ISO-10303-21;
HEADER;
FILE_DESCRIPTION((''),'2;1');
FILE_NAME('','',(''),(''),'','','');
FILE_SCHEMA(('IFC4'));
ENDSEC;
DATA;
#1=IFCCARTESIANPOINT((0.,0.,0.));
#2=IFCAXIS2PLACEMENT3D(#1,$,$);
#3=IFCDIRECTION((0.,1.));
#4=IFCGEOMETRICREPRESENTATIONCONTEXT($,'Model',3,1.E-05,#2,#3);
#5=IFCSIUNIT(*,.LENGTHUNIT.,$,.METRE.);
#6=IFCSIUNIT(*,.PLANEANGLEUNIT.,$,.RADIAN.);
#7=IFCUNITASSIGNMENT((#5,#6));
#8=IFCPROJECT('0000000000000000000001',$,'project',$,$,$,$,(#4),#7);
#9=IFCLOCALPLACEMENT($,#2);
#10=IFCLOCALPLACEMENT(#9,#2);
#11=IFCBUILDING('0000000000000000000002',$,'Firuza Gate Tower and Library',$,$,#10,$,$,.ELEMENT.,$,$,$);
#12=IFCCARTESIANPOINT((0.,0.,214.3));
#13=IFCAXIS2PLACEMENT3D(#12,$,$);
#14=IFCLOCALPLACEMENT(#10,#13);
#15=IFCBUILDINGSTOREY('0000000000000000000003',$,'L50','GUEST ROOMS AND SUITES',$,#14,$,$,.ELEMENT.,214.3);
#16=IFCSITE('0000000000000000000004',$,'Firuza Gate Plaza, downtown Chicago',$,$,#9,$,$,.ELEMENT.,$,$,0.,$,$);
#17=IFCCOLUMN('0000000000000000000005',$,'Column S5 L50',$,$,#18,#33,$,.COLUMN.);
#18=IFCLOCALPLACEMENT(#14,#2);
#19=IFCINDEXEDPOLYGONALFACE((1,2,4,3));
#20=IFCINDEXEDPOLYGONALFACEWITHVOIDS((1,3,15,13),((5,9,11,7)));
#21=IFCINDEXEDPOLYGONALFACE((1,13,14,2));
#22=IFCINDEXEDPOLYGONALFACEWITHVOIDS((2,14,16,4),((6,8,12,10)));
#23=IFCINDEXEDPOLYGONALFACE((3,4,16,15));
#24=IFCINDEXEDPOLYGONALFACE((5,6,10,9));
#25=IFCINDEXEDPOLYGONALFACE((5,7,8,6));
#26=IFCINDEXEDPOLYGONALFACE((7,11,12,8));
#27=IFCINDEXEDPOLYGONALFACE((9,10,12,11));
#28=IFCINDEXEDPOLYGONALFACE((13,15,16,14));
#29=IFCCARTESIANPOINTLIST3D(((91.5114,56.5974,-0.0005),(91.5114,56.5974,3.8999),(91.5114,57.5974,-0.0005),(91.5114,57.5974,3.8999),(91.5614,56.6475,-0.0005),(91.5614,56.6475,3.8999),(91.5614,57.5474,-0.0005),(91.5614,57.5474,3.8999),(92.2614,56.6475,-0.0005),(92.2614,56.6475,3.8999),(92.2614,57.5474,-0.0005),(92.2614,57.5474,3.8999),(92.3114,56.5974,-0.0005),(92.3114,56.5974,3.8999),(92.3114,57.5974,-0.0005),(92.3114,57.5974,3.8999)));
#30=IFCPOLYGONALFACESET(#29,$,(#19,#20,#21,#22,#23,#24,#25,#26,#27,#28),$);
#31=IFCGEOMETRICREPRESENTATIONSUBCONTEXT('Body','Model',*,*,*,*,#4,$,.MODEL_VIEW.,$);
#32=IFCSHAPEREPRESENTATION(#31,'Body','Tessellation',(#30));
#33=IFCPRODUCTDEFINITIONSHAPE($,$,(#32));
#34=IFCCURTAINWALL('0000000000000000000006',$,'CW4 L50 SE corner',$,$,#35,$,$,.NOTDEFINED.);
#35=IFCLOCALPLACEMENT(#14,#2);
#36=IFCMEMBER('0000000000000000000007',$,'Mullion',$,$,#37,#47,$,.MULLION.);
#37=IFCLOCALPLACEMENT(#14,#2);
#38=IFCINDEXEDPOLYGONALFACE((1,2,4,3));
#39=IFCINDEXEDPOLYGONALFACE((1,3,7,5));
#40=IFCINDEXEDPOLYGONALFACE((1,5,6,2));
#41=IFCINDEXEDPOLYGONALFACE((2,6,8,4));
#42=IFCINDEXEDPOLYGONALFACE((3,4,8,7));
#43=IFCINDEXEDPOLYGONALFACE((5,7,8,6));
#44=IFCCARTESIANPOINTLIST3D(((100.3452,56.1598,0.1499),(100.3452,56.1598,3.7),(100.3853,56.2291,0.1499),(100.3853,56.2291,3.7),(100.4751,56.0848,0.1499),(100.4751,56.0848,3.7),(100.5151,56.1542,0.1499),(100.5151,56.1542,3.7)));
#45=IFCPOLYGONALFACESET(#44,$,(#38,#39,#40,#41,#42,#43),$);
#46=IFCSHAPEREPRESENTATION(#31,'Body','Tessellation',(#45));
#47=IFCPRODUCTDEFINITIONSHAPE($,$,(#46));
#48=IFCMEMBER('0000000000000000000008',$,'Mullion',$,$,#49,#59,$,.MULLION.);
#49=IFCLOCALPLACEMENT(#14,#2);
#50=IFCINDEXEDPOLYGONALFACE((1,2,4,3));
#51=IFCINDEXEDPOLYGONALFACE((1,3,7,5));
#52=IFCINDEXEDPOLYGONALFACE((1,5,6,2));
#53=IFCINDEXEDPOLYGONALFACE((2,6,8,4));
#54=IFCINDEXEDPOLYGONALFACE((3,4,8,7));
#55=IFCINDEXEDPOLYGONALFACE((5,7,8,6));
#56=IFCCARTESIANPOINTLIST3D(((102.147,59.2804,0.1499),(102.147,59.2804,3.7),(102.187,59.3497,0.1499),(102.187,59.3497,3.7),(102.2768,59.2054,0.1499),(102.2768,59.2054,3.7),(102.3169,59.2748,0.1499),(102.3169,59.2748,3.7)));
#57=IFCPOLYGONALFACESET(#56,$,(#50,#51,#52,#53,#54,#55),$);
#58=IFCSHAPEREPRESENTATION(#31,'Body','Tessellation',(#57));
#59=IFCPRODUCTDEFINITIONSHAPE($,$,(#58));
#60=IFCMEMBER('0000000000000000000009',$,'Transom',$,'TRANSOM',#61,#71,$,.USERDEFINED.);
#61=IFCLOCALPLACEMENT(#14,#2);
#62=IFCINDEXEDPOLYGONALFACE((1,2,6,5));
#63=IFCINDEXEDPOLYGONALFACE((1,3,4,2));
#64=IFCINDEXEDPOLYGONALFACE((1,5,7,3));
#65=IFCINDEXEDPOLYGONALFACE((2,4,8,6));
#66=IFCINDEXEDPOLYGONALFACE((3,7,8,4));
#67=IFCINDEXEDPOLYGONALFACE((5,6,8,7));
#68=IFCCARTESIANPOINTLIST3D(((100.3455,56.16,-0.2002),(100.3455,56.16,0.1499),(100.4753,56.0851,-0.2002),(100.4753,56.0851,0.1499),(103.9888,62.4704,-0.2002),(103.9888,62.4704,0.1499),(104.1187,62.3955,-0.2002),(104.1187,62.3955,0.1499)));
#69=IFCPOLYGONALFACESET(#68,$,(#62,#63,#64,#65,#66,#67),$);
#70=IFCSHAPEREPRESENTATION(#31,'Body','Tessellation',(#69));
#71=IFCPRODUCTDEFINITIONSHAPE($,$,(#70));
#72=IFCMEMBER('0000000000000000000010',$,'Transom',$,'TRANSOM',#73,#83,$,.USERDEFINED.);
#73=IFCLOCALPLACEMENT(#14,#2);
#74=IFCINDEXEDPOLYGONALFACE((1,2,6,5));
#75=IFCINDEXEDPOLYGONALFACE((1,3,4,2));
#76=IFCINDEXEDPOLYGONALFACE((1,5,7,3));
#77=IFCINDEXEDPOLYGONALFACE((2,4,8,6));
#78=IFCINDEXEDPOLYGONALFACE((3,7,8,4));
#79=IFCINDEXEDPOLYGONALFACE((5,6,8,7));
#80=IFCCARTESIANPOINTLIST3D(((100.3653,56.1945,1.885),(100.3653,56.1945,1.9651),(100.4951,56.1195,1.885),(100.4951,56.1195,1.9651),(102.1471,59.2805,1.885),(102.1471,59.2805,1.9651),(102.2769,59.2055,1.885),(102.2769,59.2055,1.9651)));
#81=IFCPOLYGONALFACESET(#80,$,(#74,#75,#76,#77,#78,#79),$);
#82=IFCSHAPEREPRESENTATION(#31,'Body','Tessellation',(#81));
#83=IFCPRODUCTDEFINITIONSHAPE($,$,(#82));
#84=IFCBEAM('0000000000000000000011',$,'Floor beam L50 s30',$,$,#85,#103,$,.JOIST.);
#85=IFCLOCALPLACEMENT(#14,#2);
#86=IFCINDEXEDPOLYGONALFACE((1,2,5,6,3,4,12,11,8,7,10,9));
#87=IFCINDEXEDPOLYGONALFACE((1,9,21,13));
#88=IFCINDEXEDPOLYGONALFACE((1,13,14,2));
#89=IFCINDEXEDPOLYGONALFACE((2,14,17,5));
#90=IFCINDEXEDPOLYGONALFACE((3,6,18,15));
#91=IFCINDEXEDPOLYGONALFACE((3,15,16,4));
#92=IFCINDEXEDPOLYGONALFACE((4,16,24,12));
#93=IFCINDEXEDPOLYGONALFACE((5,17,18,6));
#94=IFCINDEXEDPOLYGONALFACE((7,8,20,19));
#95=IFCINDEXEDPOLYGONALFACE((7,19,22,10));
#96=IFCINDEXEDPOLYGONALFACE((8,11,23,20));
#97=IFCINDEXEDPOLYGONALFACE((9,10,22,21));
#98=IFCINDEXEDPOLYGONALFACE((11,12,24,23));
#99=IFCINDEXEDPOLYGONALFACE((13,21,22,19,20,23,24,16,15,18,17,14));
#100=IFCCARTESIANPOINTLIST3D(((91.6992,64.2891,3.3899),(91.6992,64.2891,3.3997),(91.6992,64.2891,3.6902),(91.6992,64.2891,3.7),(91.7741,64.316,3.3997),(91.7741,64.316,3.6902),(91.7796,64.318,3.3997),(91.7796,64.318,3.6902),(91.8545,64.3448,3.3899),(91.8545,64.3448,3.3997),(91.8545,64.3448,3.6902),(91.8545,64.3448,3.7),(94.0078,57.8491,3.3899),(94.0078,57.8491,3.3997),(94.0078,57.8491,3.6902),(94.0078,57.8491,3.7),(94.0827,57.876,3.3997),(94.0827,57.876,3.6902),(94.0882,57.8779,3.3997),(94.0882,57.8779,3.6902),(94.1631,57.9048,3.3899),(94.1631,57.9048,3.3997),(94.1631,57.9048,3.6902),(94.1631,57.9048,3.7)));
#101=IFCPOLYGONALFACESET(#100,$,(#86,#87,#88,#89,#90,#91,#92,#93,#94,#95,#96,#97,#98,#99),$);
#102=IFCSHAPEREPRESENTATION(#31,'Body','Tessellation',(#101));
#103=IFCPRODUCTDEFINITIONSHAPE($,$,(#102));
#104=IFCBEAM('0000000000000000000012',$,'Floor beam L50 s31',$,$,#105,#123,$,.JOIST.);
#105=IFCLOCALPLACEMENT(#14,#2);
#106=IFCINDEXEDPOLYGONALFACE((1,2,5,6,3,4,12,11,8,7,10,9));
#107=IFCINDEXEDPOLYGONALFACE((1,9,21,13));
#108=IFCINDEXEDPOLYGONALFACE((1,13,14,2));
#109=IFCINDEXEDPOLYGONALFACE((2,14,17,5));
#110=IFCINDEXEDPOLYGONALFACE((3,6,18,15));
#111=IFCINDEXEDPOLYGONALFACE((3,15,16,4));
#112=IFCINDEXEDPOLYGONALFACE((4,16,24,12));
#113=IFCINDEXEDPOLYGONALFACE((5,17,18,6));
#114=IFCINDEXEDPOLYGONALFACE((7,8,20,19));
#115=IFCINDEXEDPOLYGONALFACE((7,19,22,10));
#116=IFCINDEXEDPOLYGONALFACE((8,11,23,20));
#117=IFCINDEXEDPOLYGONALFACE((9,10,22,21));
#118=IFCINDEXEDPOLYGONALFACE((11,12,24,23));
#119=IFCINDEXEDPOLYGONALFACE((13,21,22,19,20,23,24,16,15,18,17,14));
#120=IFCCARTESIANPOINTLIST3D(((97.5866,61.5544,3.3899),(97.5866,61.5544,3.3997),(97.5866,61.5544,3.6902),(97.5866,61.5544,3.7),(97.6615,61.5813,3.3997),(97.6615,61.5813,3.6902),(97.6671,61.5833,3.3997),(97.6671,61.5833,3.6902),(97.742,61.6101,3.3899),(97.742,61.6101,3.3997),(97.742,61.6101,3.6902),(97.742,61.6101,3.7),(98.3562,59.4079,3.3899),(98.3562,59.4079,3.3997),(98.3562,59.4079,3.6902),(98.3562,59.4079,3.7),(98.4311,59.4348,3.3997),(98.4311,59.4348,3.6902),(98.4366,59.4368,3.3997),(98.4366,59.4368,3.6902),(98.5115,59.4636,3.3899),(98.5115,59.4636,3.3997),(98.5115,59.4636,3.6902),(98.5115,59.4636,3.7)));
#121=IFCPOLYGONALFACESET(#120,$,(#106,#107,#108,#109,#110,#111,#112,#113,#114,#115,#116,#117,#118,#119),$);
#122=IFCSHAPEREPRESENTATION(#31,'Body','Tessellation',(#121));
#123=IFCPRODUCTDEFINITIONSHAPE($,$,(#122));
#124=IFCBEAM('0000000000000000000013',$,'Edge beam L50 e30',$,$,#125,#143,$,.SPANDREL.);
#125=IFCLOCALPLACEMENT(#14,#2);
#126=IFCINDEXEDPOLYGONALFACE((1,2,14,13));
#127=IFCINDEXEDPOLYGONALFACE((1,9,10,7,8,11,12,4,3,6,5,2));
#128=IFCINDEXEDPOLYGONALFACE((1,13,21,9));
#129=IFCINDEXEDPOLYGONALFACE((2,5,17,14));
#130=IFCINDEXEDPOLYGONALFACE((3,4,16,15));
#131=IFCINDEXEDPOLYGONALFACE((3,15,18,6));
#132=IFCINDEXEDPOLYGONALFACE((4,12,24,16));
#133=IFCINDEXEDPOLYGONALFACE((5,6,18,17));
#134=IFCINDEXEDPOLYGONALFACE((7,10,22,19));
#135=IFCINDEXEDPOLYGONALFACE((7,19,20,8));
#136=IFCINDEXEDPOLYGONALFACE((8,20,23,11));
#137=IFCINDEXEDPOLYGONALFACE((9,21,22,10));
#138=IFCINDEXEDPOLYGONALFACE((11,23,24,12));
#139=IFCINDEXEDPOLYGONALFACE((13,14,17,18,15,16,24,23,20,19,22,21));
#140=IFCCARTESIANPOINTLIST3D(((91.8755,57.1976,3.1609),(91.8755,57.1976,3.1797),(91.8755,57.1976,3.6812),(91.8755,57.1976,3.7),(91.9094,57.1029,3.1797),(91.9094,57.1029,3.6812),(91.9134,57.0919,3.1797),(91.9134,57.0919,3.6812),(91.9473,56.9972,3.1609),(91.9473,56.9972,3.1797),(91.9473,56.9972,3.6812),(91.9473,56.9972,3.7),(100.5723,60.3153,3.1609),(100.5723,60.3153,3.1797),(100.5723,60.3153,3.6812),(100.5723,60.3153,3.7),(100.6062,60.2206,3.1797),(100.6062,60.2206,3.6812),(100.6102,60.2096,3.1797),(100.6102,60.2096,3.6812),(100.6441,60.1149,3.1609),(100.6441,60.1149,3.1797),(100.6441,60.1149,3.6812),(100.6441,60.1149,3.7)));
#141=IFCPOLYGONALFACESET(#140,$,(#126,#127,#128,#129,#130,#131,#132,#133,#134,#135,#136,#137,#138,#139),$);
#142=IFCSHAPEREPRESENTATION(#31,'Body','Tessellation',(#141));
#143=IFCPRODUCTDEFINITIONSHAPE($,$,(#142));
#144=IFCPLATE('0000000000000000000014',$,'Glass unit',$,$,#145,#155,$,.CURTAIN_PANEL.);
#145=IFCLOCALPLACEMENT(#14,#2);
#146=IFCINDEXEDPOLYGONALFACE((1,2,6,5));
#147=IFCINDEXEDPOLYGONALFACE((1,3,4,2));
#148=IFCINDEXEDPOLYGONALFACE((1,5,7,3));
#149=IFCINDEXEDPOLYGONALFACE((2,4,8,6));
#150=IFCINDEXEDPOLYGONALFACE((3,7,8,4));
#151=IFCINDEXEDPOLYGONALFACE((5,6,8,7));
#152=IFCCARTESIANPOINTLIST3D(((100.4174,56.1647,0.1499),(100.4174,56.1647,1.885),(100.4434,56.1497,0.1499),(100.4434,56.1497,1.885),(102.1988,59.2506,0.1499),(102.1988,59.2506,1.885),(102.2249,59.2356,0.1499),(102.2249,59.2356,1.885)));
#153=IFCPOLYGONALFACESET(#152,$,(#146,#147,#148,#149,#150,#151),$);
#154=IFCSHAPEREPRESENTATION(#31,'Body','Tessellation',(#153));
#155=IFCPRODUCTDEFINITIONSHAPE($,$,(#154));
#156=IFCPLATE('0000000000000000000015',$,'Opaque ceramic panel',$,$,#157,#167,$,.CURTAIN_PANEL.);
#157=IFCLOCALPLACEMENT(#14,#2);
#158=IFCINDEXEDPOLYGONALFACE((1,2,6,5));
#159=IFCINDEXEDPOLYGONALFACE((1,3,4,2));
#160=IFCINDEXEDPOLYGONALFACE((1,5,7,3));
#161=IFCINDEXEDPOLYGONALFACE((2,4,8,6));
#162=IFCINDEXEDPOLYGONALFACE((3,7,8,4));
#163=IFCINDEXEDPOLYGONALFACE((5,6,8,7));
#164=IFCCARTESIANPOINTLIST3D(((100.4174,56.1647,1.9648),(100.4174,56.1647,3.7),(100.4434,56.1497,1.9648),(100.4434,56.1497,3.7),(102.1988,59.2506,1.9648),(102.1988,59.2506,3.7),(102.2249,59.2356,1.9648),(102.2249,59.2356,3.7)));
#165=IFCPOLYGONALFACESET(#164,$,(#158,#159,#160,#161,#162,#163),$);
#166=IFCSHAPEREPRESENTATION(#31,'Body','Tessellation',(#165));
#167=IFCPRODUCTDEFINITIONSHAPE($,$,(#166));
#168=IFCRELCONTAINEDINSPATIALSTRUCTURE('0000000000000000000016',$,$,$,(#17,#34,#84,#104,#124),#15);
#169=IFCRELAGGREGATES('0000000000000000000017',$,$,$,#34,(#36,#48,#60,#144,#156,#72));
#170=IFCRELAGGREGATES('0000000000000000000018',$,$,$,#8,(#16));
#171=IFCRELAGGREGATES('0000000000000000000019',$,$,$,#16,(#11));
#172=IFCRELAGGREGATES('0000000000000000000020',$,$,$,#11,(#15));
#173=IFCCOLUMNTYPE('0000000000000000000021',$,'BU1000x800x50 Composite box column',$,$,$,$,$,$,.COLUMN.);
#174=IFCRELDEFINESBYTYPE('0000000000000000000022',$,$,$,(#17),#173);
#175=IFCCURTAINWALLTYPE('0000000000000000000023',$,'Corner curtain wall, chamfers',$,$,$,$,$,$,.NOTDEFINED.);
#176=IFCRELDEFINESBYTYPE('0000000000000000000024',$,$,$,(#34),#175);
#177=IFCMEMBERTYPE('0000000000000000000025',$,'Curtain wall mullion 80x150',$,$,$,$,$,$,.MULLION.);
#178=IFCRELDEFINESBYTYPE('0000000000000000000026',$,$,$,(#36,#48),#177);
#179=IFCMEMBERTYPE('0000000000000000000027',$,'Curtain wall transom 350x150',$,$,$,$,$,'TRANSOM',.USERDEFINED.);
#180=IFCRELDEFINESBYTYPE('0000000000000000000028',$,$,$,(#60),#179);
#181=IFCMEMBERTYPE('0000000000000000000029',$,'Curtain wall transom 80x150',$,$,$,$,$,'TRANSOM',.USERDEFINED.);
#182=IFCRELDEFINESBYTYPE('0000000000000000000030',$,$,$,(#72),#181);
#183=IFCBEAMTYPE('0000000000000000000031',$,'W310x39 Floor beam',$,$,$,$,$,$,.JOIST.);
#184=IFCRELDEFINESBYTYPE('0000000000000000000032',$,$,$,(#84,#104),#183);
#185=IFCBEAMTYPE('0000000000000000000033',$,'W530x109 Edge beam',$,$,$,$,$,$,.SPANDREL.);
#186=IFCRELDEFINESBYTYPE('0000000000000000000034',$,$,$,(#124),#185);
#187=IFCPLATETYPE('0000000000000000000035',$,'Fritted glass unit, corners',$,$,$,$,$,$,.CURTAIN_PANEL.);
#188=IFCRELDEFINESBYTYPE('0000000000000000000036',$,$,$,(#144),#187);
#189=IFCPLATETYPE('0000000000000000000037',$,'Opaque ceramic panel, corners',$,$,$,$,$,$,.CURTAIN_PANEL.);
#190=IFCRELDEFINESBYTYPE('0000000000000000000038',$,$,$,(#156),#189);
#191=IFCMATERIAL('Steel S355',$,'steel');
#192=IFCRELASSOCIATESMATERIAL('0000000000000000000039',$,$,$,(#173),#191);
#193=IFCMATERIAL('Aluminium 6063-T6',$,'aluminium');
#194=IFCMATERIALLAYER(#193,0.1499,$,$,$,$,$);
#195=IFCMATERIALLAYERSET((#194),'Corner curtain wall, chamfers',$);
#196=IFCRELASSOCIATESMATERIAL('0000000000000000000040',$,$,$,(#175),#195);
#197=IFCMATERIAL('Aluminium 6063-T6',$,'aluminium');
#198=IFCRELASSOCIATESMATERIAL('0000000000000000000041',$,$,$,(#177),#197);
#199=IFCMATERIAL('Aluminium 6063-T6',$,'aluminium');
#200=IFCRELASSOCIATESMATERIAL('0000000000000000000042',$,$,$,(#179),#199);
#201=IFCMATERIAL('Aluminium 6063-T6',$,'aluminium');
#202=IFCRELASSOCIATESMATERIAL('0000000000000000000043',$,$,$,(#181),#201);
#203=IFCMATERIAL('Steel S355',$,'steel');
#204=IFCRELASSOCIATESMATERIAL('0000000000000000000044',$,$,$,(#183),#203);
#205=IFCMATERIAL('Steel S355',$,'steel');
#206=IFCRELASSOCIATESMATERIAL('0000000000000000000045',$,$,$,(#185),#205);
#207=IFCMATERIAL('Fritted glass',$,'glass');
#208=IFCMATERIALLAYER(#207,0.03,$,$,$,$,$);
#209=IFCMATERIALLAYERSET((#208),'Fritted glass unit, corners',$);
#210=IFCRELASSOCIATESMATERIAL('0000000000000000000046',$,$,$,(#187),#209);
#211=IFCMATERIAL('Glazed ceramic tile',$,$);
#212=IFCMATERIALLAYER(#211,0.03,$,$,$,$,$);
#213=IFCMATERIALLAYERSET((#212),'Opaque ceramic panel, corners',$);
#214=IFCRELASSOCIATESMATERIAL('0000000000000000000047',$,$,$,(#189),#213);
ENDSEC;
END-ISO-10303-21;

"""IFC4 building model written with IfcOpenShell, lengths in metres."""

from ifc_helpers import new_model, si_unit, direction, frame, origin, origin_2d, place, context, subcontext, project, spatial, polyline, rectangle, hollow_rectangle, i_section, outline, extrude, material, layer, layer_set, material_profile, profile_set, type_object, element, aggregate, save


model = new_model("IFC4")

# Units and contexts
model_context = context("Model", 3, precision=1e-05, world=origin(), true_north=direction((0.0, 1.0)))
body_context = subcontext(model_context, "Body", "Model", "MODEL_VIEW")
ifc_project = project(units=[si_unit("LENGTHUNIT", "METRE"), si_unit("PLANEANGLEUNIT", "RADIAN")], contexts=[model_context])

# Site, building, storey
site_placement = place(None, origin())
site = spatial("IfcSite", under=ifc_project, at=site_placement, Name="Firuza Gate Plaza, downtown Chicago", CompositionType="ELEMENT", RefElevation=0.0)
building_placement = place(site_placement, origin())
building = spatial("IfcBuilding", under=site, at=building_placement, Name="Firuza Gate Tower and Library", CompositionType="ELEMENT")
storey_placement = place(building_placement, frame((0.0, 0.0, 214.3)))
storey = spatial("IfcBuildingStorey", under=building, at=storey_placement, Name="L50", Description="GUEST ROOMS AND SUITES", CompositionType="ELEMENT", Elevation=214.3)

# Column
ifc_material_1 = material(Name="Steel S355", Category="steel")
ifc_material_profile_1 = material_profile(ifc_material_1, hollow_rectangle(XDim=0.8, YDim=1.0, WallThickness=0.05, at=origin_2d()))
ifc_profile_set_1 = profile_set([ifc_material_profile_1], Name="Steel S355")
column_type = type_object("IfcColumnType", Name="BU1000x800x50 Composite box column", PredefinedType="COLUMN", material=ifc_profile_set_1)
column_placement = place(storey_placement, frame((91.9114, 57.0974, -0.0005), z_axis=(0.0, 0.0, 1.0), x_axis=(1.0, 0.0, 0.0)))
element("IfcColumn", 1, at=column_placement, inside=storey, type_object=column_type, Name="Column S5 L50", PredefinedType="COLUMN", context=body_context, shape_type="SweptSolid", body=[
    extrude(hollow_rectangle(XDim=0.8, YDim=1.0, WallThickness=0.05, at=origin_2d()), origin(), (0.0, 0.0, 1.0), 3.9004),
])

# Curtain wall, members
ifc_material_2 = material(Name="Aluminium 6063-T6", Category="aluminium")
ifc_layer_1 = layer(ifc_material_2, 0.1499)
ifc_layer_set_1 = layer_set([ifc_layer_1], Name="Corner curtain wall, chamfers")
curtain_wall_type = type_object("IfcCurtainWallType", Name="Corner curtain wall, chamfers", PredefinedType="NOTDEFINED", material=ifc_layer_set_1)
curtain_wall_placement = place(storey_placement, origin())
curtain_wall = element("IfcCurtainWall", 2, at=curtain_wall_placement, inside=storey, type_object=curtain_wall_type, Name="CW4 L50 SE corner", PredefinedType="NOTDEFINED")
ifc_material_3 = material(Name="Aluminium 6063-T6", Category="aluminium")
ifc_material_profile_2 = material_profile(ifc_material_3, rectangle(XDim=0.1499, YDim=0.0801, at=origin_2d()))
ifc_profile_set_2 = profile_set([ifc_material_profile_2], Name="Aluminium 6063-T6")
member_type_1 = type_object("IfcMemberType", Name="Curtain wall mullion 80x150", PredefinedType="MULLION", material=ifc_profile_set_2)
member_1_placement = place(storey_placement, frame((100.4302, 56.157, 0.1499), z_axis=(0.0, 0.0, 1.0), x_axis=(-0.866025, 0.5, 0.0)))
member_1 = element("IfcMember", 3, at=member_1_placement, type_object=member_type_1, Name="Mullion", PredefinedType="MULLION", context=body_context, shape_type="SweptSolid", body=[
    extrude(rectangle(XDim=0.1499, YDim=0.0801, at=origin_2d()), origin(), (0.0, 0.0, 1.0), 3.55),
])
member_2_placement = place(storey_placement, frame((102.2319, 59.2776, 0.1499), z_axis=(0.0, 0.0, 1.0), x_axis=(-0.866025, 0.5, 0.0)))
member_2 = element("IfcMember", 4, at=member_2_placement, type_object=member_type_1, Name="Mullion", PredefinedType="MULLION", context=body_context, shape_type="SweptSolid", body=[
    extrude(rectangle(XDim=0.1499, YDim=0.0801, at=origin_2d()), origin(), (0.0, 0.0, 1.0), 3.55),
])
ifc_material_4 = material(Name="Aluminium 6063-T6", Category="aluminium")
ifc_material_profile_3 = material_profile(ifc_material_4, rectangle(XDim=0.1499, YDim=0.3501, at=origin_2d()))
ifc_profile_set_3 = profile_set([ifc_material_profile_3], Name="Aluminium 6063-T6")
member_type_2 = type_object("IfcMemberType", Name="Curtain wall transom 350x150", ElementType="TRANSOM", PredefinedType="USERDEFINED", material=ifc_profile_set_3)
member_3_placement = place(storey_placement, frame((100.4104, 56.1226, -0.0251), z_axis=(0.500006, 0.866022, 0.0), x_axis=(-0.866022, 0.500006, 0.0)))
member_3 = element("IfcMember", 5, at=member_3_placement, type_object=member_type_2, Name="Transom", ObjectType="TRANSOM", PredefinedType="USERDEFINED", context=body_context, shape_type="SweptSolid", body=[
    extrude(rectangle(XDim=0.1499, YDim=0.3501, at=origin_2d()), origin(), (0.0, 0.0, 1.0), 7.2866),
])
ifc_material_5 = material(Name="Aluminium 6063-T6", Category="aluminium")
ifc_material_profile_4 = material_profile(ifc_material_5, rectangle(XDim=0.1499, YDim=0.0801, at=origin_2d()))
ifc_profile_set_4 = profile_set([ifc_material_profile_4], Name="Aluminium 6063-T6")
member_type_3 = type_object("IfcMemberType", Name="Curtain wall transom 80x150", ElementType="TRANSOM", PredefinedType="USERDEFINED", material=ifc_profile_set_4)
member_4_placement = place(storey_placement, frame((100.4302, 56.157, 1.925), z_axis=(0.500015, 0.866017, 0.0), x_axis=(-0.866017, 0.500015, 0.0)))
member_4 = element("IfcMember", 6, at=member_4_placement, type_object=member_type_3, Name="Transom", ObjectType="TRANSOM", PredefinedType="USERDEFINED", context=body_context, shape_type="SweptSolid", body=[
    extrude(rectangle(XDim=0.1499, YDim=0.0801, at=origin_2d()), origin(), (0.0, 0.0, 1.0), 3.5635),
])

# Beams
ifc_material_6 = material(Name="Steel S355", Category="steel")
ifc_material_profile_5 = material_profile(ifc_material_6, i_section(OverallWidth=0.165, OverallDepth=0.3101, WebThickness=0.0059, FlangeThickness=0.0098, at=origin_2d()))
ifc_profile_set_5 = profile_set([ifc_material_profile_5], Name="Steel S355")
beam_type_1 = type_object("IfcBeamType", Name="W310x39 Floor beam", PredefinedType="JOIST", material=ifc_profile_set_5)
beam_1_placement = place(storey_placement, frame((94.0854, 57.877, 3.5449), z_axis=(-0.337453, 0.941342, 0.0), x_axis=(-0.941342, -0.337453, 0.0)))
element("IfcBeam", 7, at=beam_1_placement, inside=storey, type_object=beam_type_1, Name="Floor beam L50 s30", PredefinedType="JOIST", context=body_context, shape_type="SweptSolid", body=[
    extrude(i_section(OverallWidth=0.165, OverallDepth=0.3101, WebThickness=0.0059, FlangeThickness=0.0098, at=origin_2d()), origin(), (0.0, 0.0, 1.0), 6.8413),
])
beam_2_placement = place(storey_placement, frame((98.4338, 59.4358, 3.5449), z_axis=(-0.337476, 0.941334, 0.0), x_axis=(-0.941334, -0.337476, 0.0)))
element("IfcBeam", 8, at=beam_2_placement, inside=storey, type_object=beam_type_1, Name="Floor beam L50 s31", PredefinedType="JOIST", context=body_context, shape_type="SweptSolid", body=[
    extrude(i_section(OverallWidth=0.165, OverallDepth=0.3101, WebThickness=0.0059, FlangeThickness=0.0098, at=origin_2d()), origin(), (0.0, 0.0, 1.0), 2.2803),
])
ifc_material_7 = material(Name="Steel S355", Category="steel")
ifc_material_profile_6 = material_profile(ifc_material_7, i_section(OverallWidth=0.2129, OverallDepth=0.5391, WebThickness=0.0117, FlangeThickness=0.0188, at=origin_2d()))
ifc_profile_set_6 = profile_set([ifc_material_profile_6], Name="Steel S355")
beam_type_2 = type_object("IfcBeamType", Name="W530x109 Edge beam", PredefinedType="SPANDREL", material=ifc_profile_set_6)
beam_3_placement = place(storey_placement, frame((91.9114, 57.0974, 3.4304), z_axis=(0.941341, 0.337458, 0.0), x_axis=(-0.337458, 0.941341, 0.0)))
element("IfcBeam", 9, at=beam_3_placement, inside=storey, type_object=beam_type_2, Name="Edge beam L50 e30", PredefinedType="SPANDREL", context=body_context, shape_type="SweptSolid", body=[
    extrude(i_section(OverallWidth=0.2129, OverallDepth=0.5391, WebThickness=0.0117, FlangeThickness=0.0188, at=origin_2d()), origin(), (0.0, 0.0, 1.0), 9.2388),
])

# Plates
ifc_material_8 = material(Name="Fritted glass", Category="glass")
ifc_layer_2 = layer(ifc_material_8, 0.03)
ifc_layer_set_2 = layer_set([ifc_layer_2], Name="Fritted glass unit, corners")
plate_type_1 = type_object("IfcPlateType", Name="Fritted glass unit, corners", PredefinedType="CURTAIN_PANEL", material=ifc_layer_set_2)
plate_1_placement = place(storey_placement, frame((100.4434, 56.1497, 0.1499), z_axis=(0.866046, -0.499964, 0.0), x_axis=(0.499964, 0.866046, 0.0)))
plate_1 = element("IfcPlate", 10, at=plate_1_placement, type_object=plate_type_1, Name="Glass unit", PredefinedType="CURTAIN_PANEL", context=body_context, shape_type="SweptSolid", body=[
    extrude(outline(polyline([(0.0, 0.0), (3.5632, 0.0), (3.5632, 1.7351), (0.0, 1.7351), (0.0, 0.0)])), origin(), (0.0, 0.0, -1.0), 0.03),
])
ifc_material_9 = material(Name="Glazed ceramic tile")
ifc_layer_3 = layer(ifc_material_9, 0.03)
ifc_layer_set_3 = layer_set([ifc_layer_3], Name="Opaque ceramic panel, corners")
plate_type_2 = type_object("IfcPlateType", Name="Opaque ceramic panel, corners", PredefinedType="CURTAIN_PANEL", material=ifc_layer_set_3)
plate_2_placement = place(storey_placement, frame((100.4434, 56.1497, 1.9648), z_axis=(0.866046, -0.499964, 0.0), x_axis=(0.499964, 0.866046, 0.0)))
plate_2 = element("IfcPlate", 11, at=plate_2_placement, type_object=plate_type_2, Name="Opaque ceramic panel", PredefinedType="CURTAIN_PANEL", context=body_context, shape_type="SweptSolid", body=[
    extrude(outline(polyline([(0.0, 0.0), (3.5632, 0.0), (3.5632, 1.7351), (0.0, 1.7351), (0.0, 0.0)])), origin(), (0.0, 0.0, -1.0), 0.03),
])
aggregate(curtain_wall, [member_1, member_2, member_3, plate_1, plate_2, member_4])

save(model, "model.ifc")
